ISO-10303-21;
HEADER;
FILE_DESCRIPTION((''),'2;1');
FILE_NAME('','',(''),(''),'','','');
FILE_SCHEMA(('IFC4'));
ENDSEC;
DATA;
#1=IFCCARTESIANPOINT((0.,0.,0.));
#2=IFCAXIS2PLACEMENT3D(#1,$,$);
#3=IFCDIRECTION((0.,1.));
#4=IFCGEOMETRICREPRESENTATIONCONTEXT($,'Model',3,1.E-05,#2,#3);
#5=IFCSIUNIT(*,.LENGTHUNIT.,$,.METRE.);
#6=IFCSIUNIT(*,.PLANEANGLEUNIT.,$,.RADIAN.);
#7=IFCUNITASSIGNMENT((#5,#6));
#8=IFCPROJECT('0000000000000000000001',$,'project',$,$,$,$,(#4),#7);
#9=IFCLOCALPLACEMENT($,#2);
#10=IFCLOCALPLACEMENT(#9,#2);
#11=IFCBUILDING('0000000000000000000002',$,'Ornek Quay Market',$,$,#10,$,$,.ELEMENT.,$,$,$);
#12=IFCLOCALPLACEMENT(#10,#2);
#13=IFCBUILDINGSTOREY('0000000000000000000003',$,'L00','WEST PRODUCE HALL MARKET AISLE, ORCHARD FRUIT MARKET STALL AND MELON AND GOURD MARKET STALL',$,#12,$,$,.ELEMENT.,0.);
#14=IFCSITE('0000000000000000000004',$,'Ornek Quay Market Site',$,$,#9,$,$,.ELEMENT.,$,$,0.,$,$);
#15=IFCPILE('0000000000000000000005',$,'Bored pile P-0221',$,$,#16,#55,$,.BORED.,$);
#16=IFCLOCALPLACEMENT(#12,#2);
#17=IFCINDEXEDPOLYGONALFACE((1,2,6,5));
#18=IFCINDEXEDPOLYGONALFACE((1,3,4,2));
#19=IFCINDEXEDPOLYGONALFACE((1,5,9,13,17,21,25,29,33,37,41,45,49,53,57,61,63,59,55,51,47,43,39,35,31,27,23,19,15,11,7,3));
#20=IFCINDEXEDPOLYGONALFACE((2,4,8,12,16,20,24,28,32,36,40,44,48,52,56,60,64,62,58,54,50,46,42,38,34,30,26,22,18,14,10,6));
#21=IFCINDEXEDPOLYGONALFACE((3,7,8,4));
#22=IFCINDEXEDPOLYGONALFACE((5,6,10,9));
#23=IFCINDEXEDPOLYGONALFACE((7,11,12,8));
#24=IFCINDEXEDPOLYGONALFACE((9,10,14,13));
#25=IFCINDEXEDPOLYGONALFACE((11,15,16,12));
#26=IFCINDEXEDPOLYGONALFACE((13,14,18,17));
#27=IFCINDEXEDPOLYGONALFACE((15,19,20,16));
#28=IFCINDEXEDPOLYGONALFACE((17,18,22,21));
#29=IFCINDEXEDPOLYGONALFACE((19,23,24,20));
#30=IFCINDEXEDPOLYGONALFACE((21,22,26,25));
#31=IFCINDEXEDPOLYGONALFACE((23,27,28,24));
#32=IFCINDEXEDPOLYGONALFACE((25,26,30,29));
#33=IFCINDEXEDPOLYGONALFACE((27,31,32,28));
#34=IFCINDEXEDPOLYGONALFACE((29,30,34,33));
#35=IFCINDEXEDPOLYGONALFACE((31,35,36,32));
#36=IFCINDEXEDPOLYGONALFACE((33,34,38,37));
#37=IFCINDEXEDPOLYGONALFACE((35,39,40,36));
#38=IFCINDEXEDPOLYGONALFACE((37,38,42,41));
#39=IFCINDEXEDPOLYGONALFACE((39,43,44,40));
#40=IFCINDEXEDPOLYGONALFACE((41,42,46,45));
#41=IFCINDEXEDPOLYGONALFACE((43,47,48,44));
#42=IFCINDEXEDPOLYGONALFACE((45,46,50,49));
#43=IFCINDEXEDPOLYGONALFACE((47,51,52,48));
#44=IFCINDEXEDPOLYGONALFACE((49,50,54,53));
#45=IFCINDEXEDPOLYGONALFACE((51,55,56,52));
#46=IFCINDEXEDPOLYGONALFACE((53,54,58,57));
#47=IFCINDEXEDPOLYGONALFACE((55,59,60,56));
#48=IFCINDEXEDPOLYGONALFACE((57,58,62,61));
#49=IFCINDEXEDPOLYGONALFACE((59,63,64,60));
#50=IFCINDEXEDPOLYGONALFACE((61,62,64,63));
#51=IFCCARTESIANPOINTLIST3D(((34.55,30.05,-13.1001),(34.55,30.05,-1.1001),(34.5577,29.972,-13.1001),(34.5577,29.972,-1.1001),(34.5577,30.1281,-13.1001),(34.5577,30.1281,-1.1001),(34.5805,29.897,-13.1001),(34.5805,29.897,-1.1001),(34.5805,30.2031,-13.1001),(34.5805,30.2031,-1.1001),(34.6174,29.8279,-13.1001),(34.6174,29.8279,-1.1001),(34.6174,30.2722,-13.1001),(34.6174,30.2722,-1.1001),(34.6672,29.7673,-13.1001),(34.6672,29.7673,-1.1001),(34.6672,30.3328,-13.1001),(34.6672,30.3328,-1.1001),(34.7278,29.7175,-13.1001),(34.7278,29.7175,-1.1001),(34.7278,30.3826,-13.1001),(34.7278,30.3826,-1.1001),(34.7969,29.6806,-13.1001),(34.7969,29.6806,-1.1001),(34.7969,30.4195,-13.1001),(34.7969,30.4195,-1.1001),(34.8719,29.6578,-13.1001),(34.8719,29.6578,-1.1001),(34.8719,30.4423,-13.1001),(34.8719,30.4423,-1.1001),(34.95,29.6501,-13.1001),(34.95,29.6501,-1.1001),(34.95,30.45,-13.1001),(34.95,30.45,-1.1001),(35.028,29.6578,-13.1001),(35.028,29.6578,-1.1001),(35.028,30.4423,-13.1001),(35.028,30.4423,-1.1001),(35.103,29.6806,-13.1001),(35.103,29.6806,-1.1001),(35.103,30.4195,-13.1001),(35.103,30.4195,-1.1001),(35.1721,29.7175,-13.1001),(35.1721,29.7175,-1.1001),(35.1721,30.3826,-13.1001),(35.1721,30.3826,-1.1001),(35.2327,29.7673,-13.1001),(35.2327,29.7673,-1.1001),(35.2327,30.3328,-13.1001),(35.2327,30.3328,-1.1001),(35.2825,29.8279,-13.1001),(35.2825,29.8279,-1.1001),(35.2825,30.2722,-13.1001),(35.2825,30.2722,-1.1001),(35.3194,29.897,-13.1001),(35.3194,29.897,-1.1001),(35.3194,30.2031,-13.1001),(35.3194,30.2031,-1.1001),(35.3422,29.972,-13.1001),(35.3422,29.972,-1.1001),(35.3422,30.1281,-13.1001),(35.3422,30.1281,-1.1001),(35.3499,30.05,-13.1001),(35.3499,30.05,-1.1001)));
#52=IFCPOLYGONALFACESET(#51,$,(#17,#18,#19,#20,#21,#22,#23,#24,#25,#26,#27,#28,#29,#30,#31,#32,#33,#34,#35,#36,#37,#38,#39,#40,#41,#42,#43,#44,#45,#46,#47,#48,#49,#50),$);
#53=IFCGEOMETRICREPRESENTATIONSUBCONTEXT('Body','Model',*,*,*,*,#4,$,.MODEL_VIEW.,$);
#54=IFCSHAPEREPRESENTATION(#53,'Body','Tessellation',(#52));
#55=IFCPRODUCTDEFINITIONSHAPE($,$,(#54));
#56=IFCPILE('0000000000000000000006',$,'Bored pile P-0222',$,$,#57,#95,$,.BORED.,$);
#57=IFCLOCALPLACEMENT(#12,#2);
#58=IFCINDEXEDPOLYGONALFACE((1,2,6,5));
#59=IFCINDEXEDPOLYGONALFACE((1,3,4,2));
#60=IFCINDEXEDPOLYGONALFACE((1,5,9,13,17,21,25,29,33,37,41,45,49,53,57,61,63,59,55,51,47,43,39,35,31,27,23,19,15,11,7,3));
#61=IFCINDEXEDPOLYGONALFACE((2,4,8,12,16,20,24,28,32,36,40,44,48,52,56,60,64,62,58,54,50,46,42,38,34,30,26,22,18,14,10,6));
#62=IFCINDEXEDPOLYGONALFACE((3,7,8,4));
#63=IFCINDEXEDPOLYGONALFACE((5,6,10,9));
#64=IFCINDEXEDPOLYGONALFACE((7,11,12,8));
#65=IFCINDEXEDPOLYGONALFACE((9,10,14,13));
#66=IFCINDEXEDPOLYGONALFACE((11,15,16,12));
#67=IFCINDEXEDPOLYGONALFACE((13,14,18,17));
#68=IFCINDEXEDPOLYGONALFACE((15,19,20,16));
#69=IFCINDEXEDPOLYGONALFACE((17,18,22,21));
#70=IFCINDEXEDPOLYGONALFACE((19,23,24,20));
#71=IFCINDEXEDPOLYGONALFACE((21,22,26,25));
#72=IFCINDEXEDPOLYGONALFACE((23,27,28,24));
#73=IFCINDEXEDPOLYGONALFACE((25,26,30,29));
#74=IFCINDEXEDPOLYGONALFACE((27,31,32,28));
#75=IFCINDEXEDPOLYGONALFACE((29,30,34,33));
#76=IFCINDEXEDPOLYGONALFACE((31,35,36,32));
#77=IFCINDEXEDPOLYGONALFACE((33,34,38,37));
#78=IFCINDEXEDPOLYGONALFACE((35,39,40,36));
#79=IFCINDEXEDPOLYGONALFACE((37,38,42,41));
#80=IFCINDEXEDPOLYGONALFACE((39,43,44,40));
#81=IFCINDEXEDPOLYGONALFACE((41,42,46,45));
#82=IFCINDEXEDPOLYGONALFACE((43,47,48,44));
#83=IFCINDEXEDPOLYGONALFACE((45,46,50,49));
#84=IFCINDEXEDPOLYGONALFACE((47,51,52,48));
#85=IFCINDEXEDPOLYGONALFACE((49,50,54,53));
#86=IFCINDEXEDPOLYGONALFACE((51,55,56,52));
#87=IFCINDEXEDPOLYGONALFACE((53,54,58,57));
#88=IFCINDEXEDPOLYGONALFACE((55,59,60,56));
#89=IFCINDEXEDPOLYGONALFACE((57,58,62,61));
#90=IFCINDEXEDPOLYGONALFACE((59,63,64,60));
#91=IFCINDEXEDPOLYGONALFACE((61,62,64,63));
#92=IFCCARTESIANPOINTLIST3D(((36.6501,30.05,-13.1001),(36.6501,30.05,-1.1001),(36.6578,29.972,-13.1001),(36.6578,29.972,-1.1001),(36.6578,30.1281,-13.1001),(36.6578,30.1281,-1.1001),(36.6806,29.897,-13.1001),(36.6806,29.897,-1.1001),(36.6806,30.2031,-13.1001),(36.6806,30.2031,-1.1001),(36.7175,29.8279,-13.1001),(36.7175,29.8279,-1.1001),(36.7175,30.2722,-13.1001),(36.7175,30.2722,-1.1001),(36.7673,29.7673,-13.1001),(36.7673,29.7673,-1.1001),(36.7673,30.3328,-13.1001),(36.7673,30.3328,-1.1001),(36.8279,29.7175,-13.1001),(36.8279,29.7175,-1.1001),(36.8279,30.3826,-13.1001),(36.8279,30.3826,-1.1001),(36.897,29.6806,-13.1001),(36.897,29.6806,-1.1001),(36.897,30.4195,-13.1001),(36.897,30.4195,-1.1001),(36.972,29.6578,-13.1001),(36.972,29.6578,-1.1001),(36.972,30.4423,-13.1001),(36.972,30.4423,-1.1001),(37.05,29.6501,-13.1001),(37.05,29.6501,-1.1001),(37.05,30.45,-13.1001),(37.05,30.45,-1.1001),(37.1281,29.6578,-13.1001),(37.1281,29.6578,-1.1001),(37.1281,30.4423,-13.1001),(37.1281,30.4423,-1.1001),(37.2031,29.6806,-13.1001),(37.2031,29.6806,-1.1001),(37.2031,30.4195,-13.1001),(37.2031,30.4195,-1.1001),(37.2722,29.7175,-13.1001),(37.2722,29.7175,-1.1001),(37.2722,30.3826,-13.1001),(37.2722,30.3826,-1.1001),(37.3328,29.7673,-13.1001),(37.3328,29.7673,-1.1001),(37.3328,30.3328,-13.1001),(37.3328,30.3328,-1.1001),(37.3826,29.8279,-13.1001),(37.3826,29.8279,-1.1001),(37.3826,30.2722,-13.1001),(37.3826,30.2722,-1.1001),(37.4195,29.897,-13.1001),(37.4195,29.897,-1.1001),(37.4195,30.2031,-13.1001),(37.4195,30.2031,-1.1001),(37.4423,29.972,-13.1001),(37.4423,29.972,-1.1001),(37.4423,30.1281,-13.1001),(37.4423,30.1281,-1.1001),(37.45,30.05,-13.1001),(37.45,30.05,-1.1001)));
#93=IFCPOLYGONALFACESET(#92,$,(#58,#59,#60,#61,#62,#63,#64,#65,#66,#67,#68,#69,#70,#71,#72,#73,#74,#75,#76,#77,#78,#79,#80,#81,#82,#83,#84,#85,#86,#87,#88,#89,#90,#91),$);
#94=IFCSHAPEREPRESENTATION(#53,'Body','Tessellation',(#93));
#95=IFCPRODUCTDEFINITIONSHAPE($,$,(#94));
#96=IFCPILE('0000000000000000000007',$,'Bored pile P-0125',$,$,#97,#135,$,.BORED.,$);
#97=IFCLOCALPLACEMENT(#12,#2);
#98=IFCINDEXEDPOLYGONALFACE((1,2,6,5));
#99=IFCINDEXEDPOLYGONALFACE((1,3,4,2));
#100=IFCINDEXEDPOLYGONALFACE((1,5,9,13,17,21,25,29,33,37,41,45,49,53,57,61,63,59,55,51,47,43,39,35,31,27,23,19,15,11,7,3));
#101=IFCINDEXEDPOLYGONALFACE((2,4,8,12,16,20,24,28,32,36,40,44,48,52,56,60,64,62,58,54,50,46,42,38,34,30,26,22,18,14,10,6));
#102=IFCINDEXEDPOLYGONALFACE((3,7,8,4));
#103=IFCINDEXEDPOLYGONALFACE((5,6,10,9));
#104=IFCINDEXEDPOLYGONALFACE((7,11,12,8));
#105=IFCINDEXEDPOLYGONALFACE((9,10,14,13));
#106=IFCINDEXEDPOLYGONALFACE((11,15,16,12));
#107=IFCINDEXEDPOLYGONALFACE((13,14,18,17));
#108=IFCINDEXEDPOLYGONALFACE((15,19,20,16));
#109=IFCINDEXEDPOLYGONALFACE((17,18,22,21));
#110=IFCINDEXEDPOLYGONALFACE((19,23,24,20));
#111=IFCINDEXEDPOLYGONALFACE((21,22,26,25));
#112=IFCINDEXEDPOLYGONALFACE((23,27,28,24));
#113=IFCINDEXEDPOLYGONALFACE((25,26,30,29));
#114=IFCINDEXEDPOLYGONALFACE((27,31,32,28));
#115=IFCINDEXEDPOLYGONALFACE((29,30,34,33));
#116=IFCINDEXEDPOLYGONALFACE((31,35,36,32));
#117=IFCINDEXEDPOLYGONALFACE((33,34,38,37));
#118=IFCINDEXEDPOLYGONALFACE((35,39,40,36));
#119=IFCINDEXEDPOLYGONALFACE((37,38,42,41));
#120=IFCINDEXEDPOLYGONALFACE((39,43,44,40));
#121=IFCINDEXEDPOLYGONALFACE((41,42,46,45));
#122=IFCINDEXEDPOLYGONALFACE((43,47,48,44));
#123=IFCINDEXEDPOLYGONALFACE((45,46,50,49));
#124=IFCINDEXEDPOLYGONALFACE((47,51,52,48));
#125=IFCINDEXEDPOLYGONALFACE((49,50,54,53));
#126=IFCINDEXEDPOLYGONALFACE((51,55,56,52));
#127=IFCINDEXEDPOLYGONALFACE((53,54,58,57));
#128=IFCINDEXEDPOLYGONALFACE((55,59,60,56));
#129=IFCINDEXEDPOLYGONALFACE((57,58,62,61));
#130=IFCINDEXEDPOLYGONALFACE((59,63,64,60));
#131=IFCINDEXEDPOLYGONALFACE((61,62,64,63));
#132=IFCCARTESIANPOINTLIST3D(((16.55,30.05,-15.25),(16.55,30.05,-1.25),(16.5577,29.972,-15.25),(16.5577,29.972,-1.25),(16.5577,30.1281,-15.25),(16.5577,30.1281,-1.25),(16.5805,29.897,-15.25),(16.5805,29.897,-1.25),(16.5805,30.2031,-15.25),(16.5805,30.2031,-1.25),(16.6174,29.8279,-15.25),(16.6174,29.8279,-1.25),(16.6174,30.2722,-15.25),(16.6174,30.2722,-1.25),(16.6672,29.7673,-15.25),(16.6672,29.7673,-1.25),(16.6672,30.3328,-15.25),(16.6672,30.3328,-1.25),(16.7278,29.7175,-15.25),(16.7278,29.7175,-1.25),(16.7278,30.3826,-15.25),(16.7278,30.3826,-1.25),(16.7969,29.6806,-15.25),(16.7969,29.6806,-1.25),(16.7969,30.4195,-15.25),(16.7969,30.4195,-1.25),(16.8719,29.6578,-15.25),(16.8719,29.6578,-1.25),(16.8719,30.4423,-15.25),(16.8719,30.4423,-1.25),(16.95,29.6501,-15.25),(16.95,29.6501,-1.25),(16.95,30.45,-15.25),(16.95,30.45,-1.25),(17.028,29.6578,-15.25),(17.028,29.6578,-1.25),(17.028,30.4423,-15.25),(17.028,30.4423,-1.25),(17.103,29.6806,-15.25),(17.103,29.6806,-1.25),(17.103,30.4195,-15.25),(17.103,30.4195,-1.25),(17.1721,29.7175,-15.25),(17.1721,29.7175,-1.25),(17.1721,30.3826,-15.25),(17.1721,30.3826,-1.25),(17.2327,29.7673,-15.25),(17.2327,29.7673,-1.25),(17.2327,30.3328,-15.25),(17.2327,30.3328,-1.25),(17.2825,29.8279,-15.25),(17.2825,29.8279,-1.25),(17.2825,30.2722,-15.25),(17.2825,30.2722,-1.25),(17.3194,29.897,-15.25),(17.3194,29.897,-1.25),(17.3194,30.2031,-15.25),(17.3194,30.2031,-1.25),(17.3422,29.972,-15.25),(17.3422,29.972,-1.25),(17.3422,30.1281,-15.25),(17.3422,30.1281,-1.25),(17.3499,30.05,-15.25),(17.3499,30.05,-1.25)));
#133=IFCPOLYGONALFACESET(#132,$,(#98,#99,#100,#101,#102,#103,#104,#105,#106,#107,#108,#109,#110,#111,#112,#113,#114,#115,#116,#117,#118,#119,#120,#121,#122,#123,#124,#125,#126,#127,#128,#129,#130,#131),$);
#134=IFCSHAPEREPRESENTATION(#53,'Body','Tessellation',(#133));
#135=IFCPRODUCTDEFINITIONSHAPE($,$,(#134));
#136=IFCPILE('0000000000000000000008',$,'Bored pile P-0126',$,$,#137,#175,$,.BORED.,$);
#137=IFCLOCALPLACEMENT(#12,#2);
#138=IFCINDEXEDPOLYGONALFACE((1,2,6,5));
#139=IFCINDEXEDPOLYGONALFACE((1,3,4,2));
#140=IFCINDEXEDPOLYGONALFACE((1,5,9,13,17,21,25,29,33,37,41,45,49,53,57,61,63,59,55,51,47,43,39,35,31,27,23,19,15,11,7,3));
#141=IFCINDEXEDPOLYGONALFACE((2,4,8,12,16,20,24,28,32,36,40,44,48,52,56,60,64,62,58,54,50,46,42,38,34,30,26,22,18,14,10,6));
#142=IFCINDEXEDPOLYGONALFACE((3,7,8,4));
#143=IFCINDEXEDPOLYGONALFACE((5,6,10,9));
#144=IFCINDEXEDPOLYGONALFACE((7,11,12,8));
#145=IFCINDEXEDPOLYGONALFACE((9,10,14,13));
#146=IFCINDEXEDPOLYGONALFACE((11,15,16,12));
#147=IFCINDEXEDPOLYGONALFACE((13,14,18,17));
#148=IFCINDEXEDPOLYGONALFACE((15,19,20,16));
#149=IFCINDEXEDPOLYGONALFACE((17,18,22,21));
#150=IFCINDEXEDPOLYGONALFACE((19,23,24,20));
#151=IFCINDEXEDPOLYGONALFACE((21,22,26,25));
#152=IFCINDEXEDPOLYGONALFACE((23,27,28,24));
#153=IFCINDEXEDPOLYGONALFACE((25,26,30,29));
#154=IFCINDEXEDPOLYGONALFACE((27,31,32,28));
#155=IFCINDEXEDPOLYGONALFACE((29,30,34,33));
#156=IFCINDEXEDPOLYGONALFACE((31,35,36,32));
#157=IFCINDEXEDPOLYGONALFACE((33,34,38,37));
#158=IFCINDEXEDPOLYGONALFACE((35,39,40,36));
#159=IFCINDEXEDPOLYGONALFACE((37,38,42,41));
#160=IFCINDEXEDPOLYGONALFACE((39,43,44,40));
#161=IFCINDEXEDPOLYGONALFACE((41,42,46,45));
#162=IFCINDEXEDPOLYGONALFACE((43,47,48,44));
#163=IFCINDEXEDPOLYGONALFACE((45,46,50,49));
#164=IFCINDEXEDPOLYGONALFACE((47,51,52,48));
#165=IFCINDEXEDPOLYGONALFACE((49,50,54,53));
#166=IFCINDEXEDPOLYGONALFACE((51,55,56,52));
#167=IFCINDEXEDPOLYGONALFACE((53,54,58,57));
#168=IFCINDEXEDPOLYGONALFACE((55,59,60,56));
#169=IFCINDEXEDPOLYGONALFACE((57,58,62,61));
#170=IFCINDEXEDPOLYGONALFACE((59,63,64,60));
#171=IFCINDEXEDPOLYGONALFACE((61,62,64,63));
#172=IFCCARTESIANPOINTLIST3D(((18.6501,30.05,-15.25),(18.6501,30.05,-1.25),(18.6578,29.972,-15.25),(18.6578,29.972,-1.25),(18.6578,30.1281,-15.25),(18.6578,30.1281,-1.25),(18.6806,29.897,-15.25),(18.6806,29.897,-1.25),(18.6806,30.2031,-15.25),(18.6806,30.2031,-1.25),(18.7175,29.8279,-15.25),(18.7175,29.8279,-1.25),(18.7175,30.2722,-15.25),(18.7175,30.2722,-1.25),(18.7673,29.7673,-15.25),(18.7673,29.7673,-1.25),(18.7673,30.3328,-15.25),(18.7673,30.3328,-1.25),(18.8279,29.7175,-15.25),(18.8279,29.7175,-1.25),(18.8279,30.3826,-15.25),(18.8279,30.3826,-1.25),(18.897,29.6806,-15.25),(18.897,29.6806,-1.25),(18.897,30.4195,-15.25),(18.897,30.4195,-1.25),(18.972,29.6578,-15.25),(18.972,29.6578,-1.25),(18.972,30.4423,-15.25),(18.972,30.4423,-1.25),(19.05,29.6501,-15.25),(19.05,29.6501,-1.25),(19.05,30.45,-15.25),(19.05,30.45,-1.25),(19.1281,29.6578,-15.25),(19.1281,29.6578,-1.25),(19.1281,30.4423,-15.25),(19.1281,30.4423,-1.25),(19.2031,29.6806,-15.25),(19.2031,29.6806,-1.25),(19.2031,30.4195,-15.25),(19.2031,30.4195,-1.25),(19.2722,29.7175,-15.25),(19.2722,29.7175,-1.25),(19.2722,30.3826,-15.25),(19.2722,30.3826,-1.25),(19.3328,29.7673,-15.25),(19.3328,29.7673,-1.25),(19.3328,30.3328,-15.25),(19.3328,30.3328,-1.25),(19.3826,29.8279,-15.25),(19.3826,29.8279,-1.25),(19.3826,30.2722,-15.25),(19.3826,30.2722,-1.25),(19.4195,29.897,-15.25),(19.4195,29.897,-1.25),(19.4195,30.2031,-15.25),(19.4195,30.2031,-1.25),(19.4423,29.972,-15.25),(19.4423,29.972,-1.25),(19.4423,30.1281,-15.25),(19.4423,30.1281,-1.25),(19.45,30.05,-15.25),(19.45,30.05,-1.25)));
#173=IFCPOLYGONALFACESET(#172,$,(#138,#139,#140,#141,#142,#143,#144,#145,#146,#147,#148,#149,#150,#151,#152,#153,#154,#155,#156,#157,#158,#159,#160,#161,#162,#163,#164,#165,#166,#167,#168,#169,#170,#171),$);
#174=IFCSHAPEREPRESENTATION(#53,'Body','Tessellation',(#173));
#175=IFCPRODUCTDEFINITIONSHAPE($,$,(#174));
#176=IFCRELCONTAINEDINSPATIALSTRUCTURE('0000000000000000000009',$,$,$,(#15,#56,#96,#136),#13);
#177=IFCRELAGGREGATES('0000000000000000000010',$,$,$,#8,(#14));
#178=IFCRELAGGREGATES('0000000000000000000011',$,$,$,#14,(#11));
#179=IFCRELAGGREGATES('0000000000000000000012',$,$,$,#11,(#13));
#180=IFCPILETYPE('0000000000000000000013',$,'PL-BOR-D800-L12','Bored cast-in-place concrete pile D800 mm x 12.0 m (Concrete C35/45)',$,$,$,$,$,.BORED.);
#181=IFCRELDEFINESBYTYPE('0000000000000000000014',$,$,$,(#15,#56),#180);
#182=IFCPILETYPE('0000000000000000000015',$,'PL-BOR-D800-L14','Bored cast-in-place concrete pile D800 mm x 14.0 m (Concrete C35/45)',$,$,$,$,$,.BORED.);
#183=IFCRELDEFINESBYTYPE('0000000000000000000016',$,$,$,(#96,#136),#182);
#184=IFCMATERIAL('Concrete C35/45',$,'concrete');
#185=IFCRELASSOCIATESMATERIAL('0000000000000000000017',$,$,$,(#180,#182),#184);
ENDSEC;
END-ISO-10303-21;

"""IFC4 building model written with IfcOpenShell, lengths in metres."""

from ifc_helpers import new_model, si_unit, direction, frame, origin, origin_2d, place, context, subcontext, project, spatial, circle, extrude, material, material_profile, profile_set, type_object, element, save


model = new_model("IFC4")

# Units and contexts
model_context = context("Model", 3, precision=1e-05, world=origin(), true_north=direction((0.0, 1.0)))
body_context = subcontext(model_context, "Body", "Model", "MODEL_VIEW")
ifc_project = project(units=[si_unit("LENGTHUNIT", "METRE"), si_unit("PLANEANGLEUNIT", "RADIAN")], contexts=[model_context])

# Site, building, storey
site_placement = place(None, origin())
site = spatial("IfcSite", under=ifc_project, at=site_placement, Name="Ornek Quay Market Site", CompositionType="ELEMENT", RefElevation=0.0)
building_placement = place(site_placement, origin())
building = spatial("IfcBuilding", under=site, at=building_placement, Name="Ornek Quay Market", CompositionType="ELEMENT")
storey_placement = place(building_placement, origin())
storey = spatial("IfcBuildingStorey", under=building, at=storey_placement, Name="L00", Description="WEST PRODUCE HALL MARKET AISLE, ORCHARD FRUIT MARKET STALL AND MELON AND GOURD MARKET STALL", CompositionType="ELEMENT", Elevation=0.0)

# Piles
ifc_material_1 = material(Name="Concrete C35/45", Category="concrete")
ifc_material_profile_1 = material_profile(ifc_material_1, circle(Radius=0.3999, at=origin_2d()), Name="PILE D800", Category="concrete")
ifc_profile_set_1 = profile_set([ifc_material_profile_1], Name="Concrete C35/45")
pile_type_1 = type_object("IfcPileType", Name="PL-BOR-D800-L12", Description="Bored cast-in-place concrete pile D800 mm x 12.0 m (Concrete C35/45)", PredefinedType="BORED", material=ifc_profile_set_1)
for number, where, z_axis, x_axis, name in (
    (1, (34.95, 30.05, -1.1001), (0.0, 0.0, -1.0), (1.0, 0.0, 0.0), "Bored pile P-0221"),
    (2, (37.05, 30.05, -1.1001), (0.0, 0.0, -1.0), (1.0, 0.0, 0.0), "Bored pile P-0222"),
):
    element("IfcPile", number, at=place(storey_placement, frame(where, z_axis=z_axis, x_axis=x_axis)), inside=storey, type_object=pile_type_1, Name=name, PredefinedType="BORED", context=body_context, shape_type="SweptSolid", body=[
        extrude(circle(Radius=0.3999, at=origin_2d()), origin(), (0.0, 0.0, 1.0), 12.0),
    ])
ifc_material_profile_2 = material_profile(ifc_material_1, circle(Radius=0.3999, at=origin_2d()), Name="PILE D800", Category="concrete")
ifc_profile_set_2 = profile_set([ifc_material_profile_2], Name="Concrete C35/45")
pile_type_2 = type_object("IfcPileType", Name="PL-BOR-D800-L14", Description="Bored cast-in-place concrete pile D800 mm x 14.0 m (Concrete C35/45)", PredefinedType="BORED", material=ifc_profile_set_2)
for number, where, z_axis, x_axis, name in (
    (3, (16.95, 30.05, -1.25), (0.0, 0.0, -1.0), (1.0, 0.0, 0.0), "Bored pile P-0125"),
    (4, (19.05, 30.05, -1.25), (0.0, 0.0, -1.0), (1.0, 0.0, 0.0), "Bored pile P-0126"),
):
    element("IfcPile", number, at=place(storey_placement, frame(where, z_axis=z_axis, x_axis=x_axis)), inside=storey, type_object=pile_type_2, Name=name, PredefinedType="BORED", context=body_context, shape_type="SweptSolid", body=[
        extrude(circle(Radius=0.3999, at=origin_2d()), origin(), (0.0, 0.0, 1.0), 14.0),
    ])

save(model, "model.ifc")
